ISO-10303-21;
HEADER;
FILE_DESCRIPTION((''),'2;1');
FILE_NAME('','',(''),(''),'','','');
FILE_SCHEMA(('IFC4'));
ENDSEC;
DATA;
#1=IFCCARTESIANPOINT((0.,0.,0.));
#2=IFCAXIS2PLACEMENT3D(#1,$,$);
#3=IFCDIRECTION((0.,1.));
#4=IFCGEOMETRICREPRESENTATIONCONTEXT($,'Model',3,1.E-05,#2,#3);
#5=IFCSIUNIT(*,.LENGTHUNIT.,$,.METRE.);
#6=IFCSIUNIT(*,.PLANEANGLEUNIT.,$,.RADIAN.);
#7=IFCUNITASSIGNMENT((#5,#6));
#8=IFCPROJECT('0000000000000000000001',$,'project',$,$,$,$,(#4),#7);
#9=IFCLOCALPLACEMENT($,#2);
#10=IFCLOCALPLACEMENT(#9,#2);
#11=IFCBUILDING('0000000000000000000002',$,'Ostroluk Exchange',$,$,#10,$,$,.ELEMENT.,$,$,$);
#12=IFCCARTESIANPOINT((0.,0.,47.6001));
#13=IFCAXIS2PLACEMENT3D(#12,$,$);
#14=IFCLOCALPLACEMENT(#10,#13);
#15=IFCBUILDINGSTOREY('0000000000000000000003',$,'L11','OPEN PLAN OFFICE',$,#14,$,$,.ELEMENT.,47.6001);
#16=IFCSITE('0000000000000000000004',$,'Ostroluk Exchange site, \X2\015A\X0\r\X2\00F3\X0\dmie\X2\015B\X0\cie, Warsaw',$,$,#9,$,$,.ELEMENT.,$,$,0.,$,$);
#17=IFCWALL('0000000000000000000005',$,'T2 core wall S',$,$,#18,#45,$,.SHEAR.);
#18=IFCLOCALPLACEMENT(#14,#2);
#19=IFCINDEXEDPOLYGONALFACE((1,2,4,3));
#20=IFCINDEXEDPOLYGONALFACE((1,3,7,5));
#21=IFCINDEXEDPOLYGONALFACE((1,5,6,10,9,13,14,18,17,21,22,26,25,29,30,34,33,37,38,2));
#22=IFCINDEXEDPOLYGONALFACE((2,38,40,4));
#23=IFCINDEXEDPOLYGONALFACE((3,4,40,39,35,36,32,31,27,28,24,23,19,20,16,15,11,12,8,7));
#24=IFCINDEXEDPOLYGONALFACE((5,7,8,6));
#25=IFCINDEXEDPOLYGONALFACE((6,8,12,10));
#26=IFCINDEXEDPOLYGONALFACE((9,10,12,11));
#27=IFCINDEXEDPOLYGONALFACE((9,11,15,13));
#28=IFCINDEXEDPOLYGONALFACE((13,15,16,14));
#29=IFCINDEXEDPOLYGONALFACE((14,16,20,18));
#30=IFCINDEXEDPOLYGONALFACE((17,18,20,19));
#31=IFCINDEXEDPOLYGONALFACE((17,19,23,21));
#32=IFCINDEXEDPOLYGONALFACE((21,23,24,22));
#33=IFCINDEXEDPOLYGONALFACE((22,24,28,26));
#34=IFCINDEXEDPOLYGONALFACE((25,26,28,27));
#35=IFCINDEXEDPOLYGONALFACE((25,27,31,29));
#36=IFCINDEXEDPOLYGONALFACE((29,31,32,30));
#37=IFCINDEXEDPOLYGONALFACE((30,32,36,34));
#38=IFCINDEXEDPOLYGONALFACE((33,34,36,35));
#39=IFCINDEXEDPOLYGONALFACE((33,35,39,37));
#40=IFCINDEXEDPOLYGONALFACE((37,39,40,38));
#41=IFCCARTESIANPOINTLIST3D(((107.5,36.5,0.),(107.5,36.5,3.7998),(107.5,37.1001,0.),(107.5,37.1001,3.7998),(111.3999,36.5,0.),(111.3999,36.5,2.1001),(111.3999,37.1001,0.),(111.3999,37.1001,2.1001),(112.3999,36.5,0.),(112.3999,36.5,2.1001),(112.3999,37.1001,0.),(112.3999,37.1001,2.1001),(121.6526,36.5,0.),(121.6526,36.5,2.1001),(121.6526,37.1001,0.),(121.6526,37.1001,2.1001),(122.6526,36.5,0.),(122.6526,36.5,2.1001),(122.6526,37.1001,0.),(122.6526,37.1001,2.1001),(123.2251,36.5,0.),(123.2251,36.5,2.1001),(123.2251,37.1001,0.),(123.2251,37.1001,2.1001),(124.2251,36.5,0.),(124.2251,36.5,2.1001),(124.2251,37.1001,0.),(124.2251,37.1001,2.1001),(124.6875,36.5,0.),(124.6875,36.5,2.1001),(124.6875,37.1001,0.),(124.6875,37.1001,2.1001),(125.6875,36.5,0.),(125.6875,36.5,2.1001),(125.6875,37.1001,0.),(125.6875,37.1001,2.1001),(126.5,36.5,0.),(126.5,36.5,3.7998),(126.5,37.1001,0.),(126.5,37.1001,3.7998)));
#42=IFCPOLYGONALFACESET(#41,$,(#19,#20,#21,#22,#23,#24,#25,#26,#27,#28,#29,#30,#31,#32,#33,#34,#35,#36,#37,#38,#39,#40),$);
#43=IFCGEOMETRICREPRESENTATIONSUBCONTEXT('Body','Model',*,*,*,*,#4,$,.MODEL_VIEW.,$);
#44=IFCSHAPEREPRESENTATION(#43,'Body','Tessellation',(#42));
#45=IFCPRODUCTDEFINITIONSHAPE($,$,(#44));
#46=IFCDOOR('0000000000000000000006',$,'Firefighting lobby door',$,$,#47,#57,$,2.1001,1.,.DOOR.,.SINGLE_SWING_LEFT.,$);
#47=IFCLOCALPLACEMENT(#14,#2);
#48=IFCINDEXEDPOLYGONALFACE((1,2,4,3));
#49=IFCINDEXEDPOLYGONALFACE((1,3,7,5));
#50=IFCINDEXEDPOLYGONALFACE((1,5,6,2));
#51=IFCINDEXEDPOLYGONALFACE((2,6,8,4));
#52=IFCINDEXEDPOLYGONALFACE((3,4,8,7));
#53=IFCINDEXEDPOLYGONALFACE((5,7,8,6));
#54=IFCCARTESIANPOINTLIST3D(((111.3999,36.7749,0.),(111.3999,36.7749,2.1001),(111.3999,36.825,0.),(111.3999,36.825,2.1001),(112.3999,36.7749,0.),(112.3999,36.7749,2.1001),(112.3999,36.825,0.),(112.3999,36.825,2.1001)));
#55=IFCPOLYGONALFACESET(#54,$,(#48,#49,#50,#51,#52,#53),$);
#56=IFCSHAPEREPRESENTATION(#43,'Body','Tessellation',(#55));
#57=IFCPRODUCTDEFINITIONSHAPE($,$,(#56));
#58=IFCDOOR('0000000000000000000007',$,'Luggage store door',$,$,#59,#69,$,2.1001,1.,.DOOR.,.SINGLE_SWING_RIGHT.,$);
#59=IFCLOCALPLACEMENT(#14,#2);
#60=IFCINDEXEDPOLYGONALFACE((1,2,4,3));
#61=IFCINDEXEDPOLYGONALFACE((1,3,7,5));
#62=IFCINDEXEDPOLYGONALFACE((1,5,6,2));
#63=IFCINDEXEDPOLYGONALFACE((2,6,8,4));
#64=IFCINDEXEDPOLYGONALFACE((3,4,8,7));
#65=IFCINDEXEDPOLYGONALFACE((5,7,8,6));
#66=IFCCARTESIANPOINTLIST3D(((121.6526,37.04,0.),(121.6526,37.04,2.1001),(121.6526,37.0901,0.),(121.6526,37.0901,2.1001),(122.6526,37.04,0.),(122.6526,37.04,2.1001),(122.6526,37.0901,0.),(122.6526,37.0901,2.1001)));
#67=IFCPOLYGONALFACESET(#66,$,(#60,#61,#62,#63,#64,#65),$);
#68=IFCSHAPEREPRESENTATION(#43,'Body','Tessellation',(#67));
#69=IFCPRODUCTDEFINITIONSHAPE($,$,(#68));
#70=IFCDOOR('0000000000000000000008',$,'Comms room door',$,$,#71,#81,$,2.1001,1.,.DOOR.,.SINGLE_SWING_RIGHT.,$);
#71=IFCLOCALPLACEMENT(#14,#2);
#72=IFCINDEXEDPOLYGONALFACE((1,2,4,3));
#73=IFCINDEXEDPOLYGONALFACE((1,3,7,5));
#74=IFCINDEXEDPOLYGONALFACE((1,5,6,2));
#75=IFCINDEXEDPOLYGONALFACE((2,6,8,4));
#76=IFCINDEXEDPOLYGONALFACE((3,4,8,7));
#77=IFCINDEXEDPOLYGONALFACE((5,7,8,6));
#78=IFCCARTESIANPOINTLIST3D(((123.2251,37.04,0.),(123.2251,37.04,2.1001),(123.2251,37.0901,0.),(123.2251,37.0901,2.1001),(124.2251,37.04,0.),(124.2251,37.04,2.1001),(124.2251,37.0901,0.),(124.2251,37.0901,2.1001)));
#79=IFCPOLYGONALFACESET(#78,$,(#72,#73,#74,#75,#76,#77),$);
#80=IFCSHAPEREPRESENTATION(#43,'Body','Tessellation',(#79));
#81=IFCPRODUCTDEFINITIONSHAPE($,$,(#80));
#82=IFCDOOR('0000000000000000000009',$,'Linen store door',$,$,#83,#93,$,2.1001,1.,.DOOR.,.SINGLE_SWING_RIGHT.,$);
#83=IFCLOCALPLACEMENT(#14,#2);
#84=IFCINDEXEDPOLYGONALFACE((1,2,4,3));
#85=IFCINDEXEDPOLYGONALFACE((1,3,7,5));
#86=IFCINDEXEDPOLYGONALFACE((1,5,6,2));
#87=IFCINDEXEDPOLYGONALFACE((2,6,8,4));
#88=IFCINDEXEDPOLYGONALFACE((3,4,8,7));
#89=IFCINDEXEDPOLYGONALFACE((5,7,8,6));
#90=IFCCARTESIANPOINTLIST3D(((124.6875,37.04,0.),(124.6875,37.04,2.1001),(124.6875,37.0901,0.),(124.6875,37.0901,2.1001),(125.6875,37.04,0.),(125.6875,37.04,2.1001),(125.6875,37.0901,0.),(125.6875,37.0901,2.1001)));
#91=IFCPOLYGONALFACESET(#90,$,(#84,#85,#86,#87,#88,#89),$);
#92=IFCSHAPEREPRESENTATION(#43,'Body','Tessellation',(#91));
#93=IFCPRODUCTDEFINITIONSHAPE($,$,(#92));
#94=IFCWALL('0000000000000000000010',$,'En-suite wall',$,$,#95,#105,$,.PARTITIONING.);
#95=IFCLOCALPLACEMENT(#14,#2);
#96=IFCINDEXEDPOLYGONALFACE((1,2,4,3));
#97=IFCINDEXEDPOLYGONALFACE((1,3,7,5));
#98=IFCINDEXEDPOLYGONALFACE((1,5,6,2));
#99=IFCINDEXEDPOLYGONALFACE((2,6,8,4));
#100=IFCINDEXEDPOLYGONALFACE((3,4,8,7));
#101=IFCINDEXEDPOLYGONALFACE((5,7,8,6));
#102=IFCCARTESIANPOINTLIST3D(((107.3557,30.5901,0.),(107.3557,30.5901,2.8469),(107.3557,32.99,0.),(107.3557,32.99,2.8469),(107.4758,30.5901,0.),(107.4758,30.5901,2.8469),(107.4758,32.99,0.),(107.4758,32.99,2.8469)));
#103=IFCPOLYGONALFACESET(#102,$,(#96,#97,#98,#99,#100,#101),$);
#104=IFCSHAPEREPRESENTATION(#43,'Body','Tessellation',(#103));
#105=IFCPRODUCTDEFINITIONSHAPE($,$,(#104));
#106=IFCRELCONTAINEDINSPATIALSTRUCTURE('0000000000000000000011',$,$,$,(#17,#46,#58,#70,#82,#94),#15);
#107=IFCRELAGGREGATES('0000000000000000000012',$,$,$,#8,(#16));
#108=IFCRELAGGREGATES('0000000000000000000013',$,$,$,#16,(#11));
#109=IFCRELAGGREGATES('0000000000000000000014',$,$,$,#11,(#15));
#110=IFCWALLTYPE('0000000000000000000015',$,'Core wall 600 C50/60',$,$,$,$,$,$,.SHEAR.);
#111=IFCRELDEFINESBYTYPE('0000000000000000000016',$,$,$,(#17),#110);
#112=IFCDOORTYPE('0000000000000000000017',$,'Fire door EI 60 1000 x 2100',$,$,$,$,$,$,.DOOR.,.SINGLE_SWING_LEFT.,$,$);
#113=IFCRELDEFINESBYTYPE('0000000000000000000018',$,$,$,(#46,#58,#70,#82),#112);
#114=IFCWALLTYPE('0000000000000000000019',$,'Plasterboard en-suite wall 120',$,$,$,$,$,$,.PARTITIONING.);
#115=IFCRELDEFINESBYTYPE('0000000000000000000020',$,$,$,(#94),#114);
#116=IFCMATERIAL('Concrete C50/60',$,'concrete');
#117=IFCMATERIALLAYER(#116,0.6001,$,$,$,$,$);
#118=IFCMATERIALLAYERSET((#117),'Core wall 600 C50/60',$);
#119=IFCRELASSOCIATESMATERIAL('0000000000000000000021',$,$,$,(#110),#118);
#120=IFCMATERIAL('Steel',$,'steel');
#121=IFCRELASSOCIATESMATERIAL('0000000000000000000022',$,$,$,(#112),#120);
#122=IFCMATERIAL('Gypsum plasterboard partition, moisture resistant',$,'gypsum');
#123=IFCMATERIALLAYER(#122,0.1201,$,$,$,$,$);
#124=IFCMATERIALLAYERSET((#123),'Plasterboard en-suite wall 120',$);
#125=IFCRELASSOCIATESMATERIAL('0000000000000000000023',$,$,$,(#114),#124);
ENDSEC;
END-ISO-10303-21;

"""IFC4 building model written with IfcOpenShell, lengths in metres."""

from ifc_helpers import new_model, si_unit, direction, frame, frame_2d, origin, place, context, subcontext, project, spatial, rectangle, extrude, material, layer, layer_set, type_object, element, fill, save


model = new_model("IFC4")

# Units and contexts
model_context = context("Model", 3, precision=1e-05, world=origin(), true_north=direction((0.0, 1.0)))
body_context = subcontext(model_context, "Body", "Model", "MODEL_VIEW")
ifc_project = project(units=[si_unit("LENGTHUNIT", "METRE"), si_unit("PLANEANGLEUNIT", "RADIAN")], contexts=[model_context])

# Site, building, storey
site_placement = place(None, origin())
site = spatial("IfcSite", under=ifc_project, at=site_placement, Name="Ostroluk Exchange site, Śródmieście, Warsaw", CompositionType="ELEMENT", RefElevation=0.0)
building_placement = place(site_placement, origin())
building = spatial("IfcBuilding", under=site, at=building_placement, Name="Ostroluk Exchange", CompositionType="ELEMENT")
storey_placement = place(building_placement, frame((0.0, 0.0, 47.6001)))
storey = spatial("IfcBuildingStorey", under=building, at=storey_placement, Name="L11", Description="OPEN PLAN OFFICE", CompositionType="ELEMENT", Elevation=47.6001)

# Wall, openings, doors
ifc_material_1 = material(Name="Concrete C50/60", Category="concrete")
ifc_layer_1 = layer(ifc_material_1, 0.6001)
ifc_layer_set_1 = layer_set([ifc_layer_1], Name="Core wall 600 C50/60")
wall_type_1 = type_object("IfcWallType", Name="Core wall 600 C50/60", PredefinedType="SHEAR", material=ifc_layer_set_1)
wall_1_placement = place(storey_placement, frame((107.5, 36.8, 0.0), z_axis=(0.0, 0.0, 1.0), x_axis=(1.0, 0.0, 0.0)))
wall_1 = element("IfcWall", 1, at=wall_1_placement, inside=storey, type_object=wall_type_1, Name="T2 core wall S", PredefinedType="SHEAR", context=body_context, shape_type="SweptSolid", body=[
    extrude(rectangle(XDim=19.0, YDim=0.6001, at=frame_2d((9.5, 0.0))), origin(), (0.0, 0.0, 1.0), 3.7998),
])
opening_1_placement = place(wall_1_placement, frame((3.8999, 0.0, 0.0)))
opening_1 = element("IfcOpeningElement", 2, at=opening_1_placement, cuts=wall_1, PredefinedType="OPENING", context=body_context, shape_type="SweptSolid", body=[
    extrude(rectangle(XDim=1.0, YDim=2.1001, at=frame_2d((0.5, 1.05))), frame((0.0, 0.3101, 0.0), z_axis=(0.0, -1.0, 0.0), x_axis=(1.0, 0.0, 0.0)), (0.0, 0.0, 1.0), 0.6201),
])
opening_2_placement = place(wall_1_placement, frame((14.1526, 0.0, 0.0)))
opening_2 = element("IfcOpeningElement", 3, at=opening_2_placement, cuts=wall_1, PredefinedType="OPENING", context=body_context, shape_type="SweptSolid", body=[
    extrude(rectangle(XDim=1.0, YDim=2.1001, at=frame_2d((0.5, 1.05))), frame((0.0, 0.3101, 0.0), z_axis=(0.0, -1.0, 0.0), x_axis=(1.0, 0.0, 0.0)), (0.0, 0.0, 1.0), 0.6201),
])
opening_3_placement = place(wall_1_placement, frame((15.7251, 0.0, 0.0)))
opening_3 = element("IfcOpeningElement", 4, at=opening_3_placement, cuts=wall_1, PredefinedType="OPENING", context=body_context, shape_type="SweptSolid", body=[
    extrude(rectangle(XDim=1.0, YDim=2.1001, at=frame_2d((0.5, 1.05))), frame((0.0, 0.3101, 0.0), z_axis=(0.0, -1.0, 0.0), x_axis=(1.0, 0.0, 0.0)), (0.0, 0.0, 1.0), 0.6201),
])
opening_4_placement = place(wall_1_placement, frame((17.1875, 0.0, 0.0)))
opening_4 = element("IfcOpeningElement", 5, at=opening_4_placement, cuts=wall_1, PredefinedType="OPENING", context=body_context, shape_type="SweptSolid", body=[
    extrude(rectangle(XDim=1.0, YDim=2.1001, at=frame_2d((0.5, 1.05))), frame((0.0, 0.3101, 0.0), z_axis=(0.0, -1.0, 0.0), x_axis=(1.0, 0.0, 0.0)), (0.0, 0.0, 1.0), 0.6201),
])
ifc_material_2 = material(Name="Steel", Category="steel")
door_type_1 = type_object("IfcDoorType", Name="Fire door EI 60 1000 x 2100", OperationType="SINGLE_SWING_LEFT", PredefinedType="DOOR", material=ifc_material_2)
door_1_placement = place(opening_1_placement, origin())
door_1 = element("IfcDoor", 6, at=door_1_placement, inside=storey, type_object=door_type_1, Name="Firefighting lobby door", OperationType="SINGLE_SWING_LEFT", OverallHeight=2.1001, OverallWidth=1.0, PredefinedType="DOOR", context=body_context, shape_type="SweptSolid", body=[
    extrude(rectangle(XDim=1.0, YDim=2.1001, at=frame_2d((0.5, 1.05))), frame((0.0, 0.0249, 0.0), z_axis=(0.0, -1.0, 0.0), x_axis=(1.0, 0.0, 0.0)), (0.0, 0.0, 1.0), 0.05),
])
fill(opening_1, door_1)
door_2_placement = place(opening_2_placement, origin())
door_2 = element("IfcDoor", 7, at=door_2_placement, inside=storey, type_object=door_type_1, Name="Luggage store door", OperationType="SINGLE_SWING_RIGHT", OverallHeight=2.1001, OverallWidth=1.0, PredefinedType="DOOR", context=body_context, shape_type="SweptSolid", body=[
    extrude(rectangle(XDim=1.0, YDim=2.1001, at=frame_2d((0.5, 1.05))), frame((0.0, 0.29, 0.0), z_axis=(0.0, -1.0, 0.0), x_axis=(1.0, 0.0, 0.0)), (0.0, 0.0, 1.0), 0.05),
])
fill(opening_2, door_2)
door_3_placement = place(opening_3_placement, origin())
door_3 = element("IfcDoor", 8, at=door_3_placement, inside=storey, type_object=door_type_1, Name="Comms room door", OperationType="SINGLE_SWING_RIGHT", OverallHeight=2.1001, OverallWidth=1.0, PredefinedType="DOOR", context=body_context, shape_type="SweptSolid", body=[
    extrude(rectangle(XDim=1.0, YDim=2.1001, at=frame_2d((0.5, 1.05))), frame((0.0, 0.29, 0.0), z_axis=(0.0, -1.0, 0.0), x_axis=(1.0, 0.0, 0.0)), (0.0, 0.0, 1.0), 0.05),
])
fill(opening_3, door_3)
door_4_placement = place(opening_4_placement, origin())
door_4 = element("IfcDoor", 9, at=door_4_placement, inside=storey, type_object=door_type_1, Name="Linen store door", OperationType="SINGLE_SWING_RIGHT", OverallHeight=2.1001, OverallWidth=1.0, PredefinedType="DOOR", context=body_context, shape_type="SweptSolid", body=[
    extrude(rectangle(XDim=1.0, YDim=2.1001, at=frame_2d((0.5, 1.05))), frame((0.0, 0.29, 0.0), z_axis=(0.0, -1.0, 0.0), x_axis=(1.0, 0.0, 0.0)), (0.0, 0.0, 1.0), 0.05),
])
fill(opening_4, door_4)

# Wall
ifc_material_3 = material(Name="Gypsum plasterboard partition, moisture resistant", Category="gypsum")
ifc_layer_2 = layer(ifc_material_3, 0.1201)
ifc_layer_set_2 = layer_set([ifc_layer_2], Name="Plasterboard en-suite wall 120")
wall_type_2 = type_object("IfcWallType", Name="Plasterboard en-suite wall 120", PredefinedType="PARTITIONING", material=ifc_layer_set_2)
wall_2_placement = place(storey_placement, frame((107.4158, 32.99, 0.0), z_axis=(0.0, 0.0, 1.0), x_axis=(0.0, -1.0, 0.0)))
element("IfcWall", 10, at=wall_2_placement, inside=storey, type_object=wall_type_2, Name="En-suite wall", PredefinedType="PARTITIONING", context=body_context, shape_type="SweptSolid", body=[
    extrude(rectangle(XDim=2.3999, YDim=0.1201, at=frame_2d((1.2, 0.0))), origin(), (0.0, 0.0, 1.0), 2.8469),
])

save(model, "model.ifc")
